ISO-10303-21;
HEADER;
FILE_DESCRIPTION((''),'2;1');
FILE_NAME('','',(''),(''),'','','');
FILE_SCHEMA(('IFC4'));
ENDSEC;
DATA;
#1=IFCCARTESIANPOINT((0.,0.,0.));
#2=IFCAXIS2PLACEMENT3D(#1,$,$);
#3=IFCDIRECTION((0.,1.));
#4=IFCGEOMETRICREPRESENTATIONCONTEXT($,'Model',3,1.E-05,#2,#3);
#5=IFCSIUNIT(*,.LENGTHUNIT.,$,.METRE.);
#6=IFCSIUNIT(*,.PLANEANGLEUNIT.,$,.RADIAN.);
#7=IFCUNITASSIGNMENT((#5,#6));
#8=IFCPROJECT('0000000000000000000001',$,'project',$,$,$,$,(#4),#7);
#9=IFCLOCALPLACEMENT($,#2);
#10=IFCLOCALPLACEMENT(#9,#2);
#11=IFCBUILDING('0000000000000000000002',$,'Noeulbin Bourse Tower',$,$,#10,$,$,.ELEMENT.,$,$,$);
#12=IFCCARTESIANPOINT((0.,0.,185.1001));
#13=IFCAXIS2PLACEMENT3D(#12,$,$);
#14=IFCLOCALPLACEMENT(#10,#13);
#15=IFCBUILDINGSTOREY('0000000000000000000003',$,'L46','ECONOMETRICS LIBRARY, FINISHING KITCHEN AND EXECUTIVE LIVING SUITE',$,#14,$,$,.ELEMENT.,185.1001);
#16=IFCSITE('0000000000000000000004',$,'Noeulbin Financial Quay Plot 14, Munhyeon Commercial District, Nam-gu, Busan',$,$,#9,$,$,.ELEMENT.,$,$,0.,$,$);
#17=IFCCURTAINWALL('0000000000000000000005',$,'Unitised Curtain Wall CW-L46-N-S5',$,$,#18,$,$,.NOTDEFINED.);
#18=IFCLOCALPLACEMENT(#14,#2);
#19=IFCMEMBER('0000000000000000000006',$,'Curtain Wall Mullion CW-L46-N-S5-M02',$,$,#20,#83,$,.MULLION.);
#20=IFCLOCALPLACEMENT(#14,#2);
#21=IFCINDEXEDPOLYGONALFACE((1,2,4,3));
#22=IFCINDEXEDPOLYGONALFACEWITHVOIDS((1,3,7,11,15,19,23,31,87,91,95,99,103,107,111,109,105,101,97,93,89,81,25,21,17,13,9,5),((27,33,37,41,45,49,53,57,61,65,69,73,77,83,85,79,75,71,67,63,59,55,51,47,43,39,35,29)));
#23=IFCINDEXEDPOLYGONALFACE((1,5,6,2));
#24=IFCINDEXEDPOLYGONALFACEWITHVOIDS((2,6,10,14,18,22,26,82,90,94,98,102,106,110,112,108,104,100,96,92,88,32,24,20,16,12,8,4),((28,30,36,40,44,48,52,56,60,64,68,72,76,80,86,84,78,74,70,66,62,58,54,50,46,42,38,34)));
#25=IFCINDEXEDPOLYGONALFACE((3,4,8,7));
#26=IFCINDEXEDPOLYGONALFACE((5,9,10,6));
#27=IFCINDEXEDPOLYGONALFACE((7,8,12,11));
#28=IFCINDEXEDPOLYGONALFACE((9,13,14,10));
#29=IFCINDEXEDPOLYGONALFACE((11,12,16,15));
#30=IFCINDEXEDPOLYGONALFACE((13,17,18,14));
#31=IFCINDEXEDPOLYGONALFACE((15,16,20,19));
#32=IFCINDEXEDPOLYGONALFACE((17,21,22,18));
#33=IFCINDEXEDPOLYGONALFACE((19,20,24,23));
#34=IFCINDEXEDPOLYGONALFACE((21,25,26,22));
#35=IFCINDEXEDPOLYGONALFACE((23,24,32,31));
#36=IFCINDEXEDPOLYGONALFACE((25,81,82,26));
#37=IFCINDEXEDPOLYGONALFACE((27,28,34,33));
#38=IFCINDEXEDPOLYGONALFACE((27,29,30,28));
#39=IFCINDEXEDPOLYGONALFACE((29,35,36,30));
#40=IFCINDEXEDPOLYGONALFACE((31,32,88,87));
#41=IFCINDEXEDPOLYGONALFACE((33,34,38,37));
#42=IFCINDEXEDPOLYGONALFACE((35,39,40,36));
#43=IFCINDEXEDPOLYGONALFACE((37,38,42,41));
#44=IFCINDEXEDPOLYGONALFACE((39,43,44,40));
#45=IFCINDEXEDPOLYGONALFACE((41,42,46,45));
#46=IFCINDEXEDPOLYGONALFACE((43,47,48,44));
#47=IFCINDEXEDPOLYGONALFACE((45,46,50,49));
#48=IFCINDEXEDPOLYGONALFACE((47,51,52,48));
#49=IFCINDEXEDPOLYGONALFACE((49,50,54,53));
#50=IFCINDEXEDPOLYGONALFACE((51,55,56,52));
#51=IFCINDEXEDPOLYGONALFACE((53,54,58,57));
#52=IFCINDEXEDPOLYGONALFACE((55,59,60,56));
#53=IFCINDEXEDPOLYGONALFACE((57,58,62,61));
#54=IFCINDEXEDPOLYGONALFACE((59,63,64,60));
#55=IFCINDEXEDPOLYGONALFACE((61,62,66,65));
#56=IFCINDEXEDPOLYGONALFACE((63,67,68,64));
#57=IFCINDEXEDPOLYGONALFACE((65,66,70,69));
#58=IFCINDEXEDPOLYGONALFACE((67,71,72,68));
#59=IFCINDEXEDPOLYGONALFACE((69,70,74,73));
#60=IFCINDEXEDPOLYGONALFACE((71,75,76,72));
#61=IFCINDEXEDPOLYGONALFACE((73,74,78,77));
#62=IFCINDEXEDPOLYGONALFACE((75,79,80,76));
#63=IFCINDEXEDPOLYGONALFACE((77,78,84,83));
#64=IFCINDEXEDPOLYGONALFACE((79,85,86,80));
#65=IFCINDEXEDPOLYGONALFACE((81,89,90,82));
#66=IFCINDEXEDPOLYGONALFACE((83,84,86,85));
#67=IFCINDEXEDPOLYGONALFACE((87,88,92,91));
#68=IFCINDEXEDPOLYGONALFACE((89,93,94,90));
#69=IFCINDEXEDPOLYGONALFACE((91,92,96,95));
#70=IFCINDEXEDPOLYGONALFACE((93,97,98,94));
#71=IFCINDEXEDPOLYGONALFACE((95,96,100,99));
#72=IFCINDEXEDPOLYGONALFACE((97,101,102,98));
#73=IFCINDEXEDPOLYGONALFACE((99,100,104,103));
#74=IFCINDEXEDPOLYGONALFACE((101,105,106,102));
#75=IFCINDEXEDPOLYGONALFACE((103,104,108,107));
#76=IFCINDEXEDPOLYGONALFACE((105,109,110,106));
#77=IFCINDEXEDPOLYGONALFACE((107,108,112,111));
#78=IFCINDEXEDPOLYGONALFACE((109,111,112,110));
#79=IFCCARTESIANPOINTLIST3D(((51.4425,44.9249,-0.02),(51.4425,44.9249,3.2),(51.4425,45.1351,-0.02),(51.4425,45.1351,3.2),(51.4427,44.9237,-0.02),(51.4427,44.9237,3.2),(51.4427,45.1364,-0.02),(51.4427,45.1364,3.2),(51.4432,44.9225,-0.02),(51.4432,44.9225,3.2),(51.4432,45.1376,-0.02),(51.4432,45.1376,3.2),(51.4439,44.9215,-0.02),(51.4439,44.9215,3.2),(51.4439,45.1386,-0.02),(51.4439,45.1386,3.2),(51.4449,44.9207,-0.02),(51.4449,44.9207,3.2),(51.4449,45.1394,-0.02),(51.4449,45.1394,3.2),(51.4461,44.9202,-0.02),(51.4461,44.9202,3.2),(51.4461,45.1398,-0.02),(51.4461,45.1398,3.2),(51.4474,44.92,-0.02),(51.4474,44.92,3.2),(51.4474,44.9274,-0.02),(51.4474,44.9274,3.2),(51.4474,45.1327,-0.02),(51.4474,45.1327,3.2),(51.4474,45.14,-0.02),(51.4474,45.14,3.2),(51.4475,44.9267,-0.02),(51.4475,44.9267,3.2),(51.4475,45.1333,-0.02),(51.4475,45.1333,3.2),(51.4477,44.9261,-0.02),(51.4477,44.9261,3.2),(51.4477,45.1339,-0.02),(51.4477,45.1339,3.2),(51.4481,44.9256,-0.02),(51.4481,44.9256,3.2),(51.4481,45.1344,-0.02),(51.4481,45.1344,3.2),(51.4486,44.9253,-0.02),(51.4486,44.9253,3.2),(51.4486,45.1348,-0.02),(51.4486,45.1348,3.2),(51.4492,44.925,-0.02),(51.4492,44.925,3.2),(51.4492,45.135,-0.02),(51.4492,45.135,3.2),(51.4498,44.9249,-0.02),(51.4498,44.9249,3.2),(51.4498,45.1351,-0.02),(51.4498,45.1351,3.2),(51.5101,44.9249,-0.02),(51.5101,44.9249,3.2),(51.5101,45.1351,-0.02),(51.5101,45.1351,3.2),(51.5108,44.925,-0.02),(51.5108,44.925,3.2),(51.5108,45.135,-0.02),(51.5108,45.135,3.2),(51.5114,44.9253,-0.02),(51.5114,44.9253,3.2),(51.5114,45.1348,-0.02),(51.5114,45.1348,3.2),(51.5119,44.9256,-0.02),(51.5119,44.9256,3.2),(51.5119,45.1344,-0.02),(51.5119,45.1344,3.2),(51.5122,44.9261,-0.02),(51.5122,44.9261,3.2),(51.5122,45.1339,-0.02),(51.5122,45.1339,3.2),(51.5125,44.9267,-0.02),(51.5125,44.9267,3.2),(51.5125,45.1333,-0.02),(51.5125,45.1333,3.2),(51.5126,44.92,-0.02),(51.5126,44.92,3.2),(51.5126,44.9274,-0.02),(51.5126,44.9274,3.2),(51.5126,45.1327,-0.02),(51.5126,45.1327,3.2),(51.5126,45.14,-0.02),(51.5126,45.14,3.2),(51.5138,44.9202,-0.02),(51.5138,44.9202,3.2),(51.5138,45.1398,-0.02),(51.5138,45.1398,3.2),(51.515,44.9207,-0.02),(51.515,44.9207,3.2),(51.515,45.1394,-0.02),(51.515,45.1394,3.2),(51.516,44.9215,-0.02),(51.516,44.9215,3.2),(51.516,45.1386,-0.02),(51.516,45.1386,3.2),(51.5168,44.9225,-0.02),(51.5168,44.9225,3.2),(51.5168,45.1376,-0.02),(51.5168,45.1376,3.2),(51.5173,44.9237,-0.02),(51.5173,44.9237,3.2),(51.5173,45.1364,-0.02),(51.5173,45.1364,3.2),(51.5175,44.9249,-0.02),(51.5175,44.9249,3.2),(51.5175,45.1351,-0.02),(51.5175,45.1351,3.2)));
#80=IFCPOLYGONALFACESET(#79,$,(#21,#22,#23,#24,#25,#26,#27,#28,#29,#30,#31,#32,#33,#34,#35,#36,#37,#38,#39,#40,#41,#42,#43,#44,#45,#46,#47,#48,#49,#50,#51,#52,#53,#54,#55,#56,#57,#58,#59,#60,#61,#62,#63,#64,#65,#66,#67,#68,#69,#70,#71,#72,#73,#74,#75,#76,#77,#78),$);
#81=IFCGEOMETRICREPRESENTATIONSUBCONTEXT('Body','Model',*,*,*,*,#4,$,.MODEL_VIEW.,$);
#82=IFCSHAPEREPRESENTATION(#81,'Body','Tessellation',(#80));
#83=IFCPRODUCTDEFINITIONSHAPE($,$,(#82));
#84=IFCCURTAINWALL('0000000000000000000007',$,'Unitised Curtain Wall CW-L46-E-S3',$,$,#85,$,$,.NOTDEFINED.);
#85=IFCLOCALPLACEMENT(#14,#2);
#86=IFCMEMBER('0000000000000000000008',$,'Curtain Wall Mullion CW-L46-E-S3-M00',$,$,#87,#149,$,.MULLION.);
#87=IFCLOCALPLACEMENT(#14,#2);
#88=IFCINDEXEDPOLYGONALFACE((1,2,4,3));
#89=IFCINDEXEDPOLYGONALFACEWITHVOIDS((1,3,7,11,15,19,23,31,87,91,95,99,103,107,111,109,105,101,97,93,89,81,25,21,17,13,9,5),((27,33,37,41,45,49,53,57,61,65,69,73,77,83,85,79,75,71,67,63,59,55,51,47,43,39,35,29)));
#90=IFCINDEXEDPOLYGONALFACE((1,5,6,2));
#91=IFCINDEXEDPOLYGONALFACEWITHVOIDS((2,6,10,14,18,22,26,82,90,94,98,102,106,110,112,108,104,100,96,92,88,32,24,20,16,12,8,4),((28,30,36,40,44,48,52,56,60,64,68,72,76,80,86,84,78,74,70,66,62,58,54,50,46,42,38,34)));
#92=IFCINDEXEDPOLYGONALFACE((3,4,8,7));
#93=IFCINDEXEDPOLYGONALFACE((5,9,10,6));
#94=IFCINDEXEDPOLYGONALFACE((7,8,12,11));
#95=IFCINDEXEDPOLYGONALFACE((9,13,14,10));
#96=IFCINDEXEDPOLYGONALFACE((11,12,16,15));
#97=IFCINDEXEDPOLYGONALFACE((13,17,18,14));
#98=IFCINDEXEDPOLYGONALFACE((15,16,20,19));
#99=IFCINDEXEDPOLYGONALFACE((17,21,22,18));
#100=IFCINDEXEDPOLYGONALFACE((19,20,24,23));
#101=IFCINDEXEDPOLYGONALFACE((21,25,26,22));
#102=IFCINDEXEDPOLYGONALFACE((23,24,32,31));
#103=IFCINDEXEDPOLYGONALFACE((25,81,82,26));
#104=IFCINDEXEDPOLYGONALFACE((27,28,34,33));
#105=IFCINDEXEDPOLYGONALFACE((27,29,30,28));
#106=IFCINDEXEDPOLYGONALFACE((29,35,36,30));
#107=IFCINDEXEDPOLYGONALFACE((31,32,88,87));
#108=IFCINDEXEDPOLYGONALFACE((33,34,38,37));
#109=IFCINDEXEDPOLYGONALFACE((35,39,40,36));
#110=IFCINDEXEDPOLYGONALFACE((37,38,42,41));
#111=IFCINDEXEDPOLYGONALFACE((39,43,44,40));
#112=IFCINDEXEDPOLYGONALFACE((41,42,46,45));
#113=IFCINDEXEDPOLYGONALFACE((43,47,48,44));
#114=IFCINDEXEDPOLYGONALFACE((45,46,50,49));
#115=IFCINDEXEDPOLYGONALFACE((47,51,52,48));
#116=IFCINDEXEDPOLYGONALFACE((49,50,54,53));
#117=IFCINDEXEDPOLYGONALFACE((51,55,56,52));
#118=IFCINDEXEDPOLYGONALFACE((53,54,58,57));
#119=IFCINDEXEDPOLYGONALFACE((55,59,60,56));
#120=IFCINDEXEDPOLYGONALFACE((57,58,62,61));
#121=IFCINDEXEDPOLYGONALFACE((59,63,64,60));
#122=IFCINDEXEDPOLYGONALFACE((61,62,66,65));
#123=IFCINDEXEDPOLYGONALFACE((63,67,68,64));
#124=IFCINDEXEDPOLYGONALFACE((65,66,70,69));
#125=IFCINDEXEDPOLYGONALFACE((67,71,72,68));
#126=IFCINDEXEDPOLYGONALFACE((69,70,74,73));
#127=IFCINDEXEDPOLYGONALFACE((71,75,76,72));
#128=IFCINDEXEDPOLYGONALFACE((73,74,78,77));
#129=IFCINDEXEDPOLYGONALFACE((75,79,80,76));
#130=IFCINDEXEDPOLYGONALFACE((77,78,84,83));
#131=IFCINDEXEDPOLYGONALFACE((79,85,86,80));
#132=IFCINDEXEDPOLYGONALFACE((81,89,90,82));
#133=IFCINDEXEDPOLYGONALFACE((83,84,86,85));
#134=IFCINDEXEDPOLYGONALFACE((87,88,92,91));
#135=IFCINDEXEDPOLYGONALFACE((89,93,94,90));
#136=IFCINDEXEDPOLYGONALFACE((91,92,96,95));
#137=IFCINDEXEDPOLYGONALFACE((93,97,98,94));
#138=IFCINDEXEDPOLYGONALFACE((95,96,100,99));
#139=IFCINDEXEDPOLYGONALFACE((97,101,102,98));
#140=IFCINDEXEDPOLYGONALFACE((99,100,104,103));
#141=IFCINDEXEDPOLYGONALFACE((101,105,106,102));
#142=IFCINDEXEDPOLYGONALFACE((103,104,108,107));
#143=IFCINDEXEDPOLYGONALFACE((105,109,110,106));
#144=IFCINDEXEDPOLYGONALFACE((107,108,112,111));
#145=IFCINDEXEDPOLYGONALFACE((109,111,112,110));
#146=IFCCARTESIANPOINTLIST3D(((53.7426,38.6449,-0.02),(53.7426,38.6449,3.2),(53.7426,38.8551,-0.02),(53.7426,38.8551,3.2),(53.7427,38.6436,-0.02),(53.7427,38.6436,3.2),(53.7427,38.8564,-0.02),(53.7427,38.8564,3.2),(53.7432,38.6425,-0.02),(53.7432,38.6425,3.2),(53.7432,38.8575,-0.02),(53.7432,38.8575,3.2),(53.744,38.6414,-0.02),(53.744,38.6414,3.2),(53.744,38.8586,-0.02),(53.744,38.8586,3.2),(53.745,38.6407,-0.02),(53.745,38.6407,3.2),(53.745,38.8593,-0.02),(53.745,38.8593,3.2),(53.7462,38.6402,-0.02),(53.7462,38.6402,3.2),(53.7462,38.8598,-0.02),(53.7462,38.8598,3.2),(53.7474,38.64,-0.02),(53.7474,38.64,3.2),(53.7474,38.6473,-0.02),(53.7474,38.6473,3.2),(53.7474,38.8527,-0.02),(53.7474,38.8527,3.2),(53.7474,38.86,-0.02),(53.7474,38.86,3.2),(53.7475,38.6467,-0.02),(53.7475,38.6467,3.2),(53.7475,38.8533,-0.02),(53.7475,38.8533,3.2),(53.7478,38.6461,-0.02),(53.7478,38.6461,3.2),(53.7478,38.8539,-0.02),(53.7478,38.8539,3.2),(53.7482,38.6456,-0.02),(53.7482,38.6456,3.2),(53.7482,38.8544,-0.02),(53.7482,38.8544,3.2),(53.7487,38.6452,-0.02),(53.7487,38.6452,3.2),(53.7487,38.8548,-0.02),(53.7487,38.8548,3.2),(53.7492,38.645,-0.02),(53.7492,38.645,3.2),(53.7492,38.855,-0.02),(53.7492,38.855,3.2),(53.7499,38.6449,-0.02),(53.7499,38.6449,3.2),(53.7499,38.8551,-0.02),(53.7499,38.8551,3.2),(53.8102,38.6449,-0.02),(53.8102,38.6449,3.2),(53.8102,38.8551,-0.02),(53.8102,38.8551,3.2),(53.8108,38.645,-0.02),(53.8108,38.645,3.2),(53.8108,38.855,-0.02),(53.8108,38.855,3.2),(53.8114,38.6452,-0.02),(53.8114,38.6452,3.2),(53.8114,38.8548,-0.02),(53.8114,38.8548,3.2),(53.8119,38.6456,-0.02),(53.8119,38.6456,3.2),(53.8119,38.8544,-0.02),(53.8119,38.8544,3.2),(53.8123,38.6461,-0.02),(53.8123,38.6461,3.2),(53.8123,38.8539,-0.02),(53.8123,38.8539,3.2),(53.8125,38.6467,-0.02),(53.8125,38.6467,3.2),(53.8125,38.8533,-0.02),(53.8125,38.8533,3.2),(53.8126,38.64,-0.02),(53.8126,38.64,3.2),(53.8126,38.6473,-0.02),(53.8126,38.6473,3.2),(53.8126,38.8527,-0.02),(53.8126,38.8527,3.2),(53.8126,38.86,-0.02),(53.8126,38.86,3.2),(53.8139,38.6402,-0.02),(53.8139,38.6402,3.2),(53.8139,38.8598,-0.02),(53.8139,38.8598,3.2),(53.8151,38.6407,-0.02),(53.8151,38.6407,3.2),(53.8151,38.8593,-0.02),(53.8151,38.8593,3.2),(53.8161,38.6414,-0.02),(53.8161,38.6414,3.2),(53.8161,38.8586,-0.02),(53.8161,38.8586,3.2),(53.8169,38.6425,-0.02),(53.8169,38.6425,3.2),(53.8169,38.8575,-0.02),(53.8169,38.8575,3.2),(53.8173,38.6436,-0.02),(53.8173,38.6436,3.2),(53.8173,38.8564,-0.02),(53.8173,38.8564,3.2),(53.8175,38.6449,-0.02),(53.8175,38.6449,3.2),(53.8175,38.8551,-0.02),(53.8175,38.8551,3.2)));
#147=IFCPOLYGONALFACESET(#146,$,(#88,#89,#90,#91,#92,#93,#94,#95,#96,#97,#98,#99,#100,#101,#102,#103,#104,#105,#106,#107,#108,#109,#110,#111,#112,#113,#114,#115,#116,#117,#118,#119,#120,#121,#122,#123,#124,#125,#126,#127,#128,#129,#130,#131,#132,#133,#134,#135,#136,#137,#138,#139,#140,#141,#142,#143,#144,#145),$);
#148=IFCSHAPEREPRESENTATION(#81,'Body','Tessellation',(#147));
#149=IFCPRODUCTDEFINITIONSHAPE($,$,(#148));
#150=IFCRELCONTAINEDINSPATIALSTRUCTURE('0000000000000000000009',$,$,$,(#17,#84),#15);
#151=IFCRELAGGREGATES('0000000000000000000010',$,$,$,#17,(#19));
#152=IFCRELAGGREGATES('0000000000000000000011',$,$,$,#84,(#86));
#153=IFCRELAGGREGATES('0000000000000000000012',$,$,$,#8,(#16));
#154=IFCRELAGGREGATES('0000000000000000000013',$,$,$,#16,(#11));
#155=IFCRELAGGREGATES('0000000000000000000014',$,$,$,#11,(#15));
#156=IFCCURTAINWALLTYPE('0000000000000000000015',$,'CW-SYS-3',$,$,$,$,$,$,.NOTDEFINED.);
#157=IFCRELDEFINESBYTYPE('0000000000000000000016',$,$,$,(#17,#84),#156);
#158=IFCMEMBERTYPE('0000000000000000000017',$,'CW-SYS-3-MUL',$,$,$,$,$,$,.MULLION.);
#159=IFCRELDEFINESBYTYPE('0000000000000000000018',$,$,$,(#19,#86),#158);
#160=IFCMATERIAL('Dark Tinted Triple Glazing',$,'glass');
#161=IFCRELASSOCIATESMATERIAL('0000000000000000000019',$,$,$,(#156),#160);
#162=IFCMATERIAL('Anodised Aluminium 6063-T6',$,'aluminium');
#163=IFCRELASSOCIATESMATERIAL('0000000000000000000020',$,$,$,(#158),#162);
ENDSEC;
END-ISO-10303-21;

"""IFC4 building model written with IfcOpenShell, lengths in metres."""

from ifc_helpers import new_model, si_unit, direction, frame, origin, origin_2d, place, context, subcontext, project, spatial, hollow_rectangle, extrude, material, material_profile, profile_set, type_object, element, aggregate, save


model = new_model("IFC4")

# Units and contexts
model_context = context("Model", 3, precision=1e-05, world=origin(), true_north=direction((0.0, 1.0)))
body_context = subcontext(model_context, "Body", "Model", "MODEL_VIEW")
ifc_project = project(units=[si_unit("LENGTHUNIT", "METRE"), si_unit("PLANEANGLEUNIT", "RADIAN")], contexts=[model_context])

# Site, building, storey
site_placement = place(None, origin())
site = spatial("IfcSite", under=ifc_project, at=site_placement, Name="Noeulbin Financial Quay Plot 14, Munhyeon Commercial District, Nam-gu, Busan", CompositionType="ELEMENT", RefElevation=0.0)
building_placement = place(site_placement, origin())
building = spatial("IfcBuilding", under=site, at=building_placement, Name="Noeulbin Bourse Tower", CompositionType="ELEMENT")
storey_placement = place(building_placement, frame((0.0, 0.0, 185.1001)))
storey = spatial("IfcBuildingStorey", under=building, at=storey_placement, Name="L46", Description="ECONOMETRICS LIBRARY, FINISHING KITCHEN AND EXECUTIVE LIVING SUITE", CompositionType="ELEMENT", Elevation=185.1001)

# Shared definitions
ifc_material_1 = material(Name="Dark Tinted Triple Glazing", Category="glass")
curtain_wall_type = type_object("IfcCurtainWallType", Name="CW-SYS-3", PredefinedType="NOTDEFINED", material=ifc_material_1)
ifc_material_2 = material(Name="Anodised Aluminium 6063-T6", Category="aluminium")
ifc_material_profile_1 = material_profile(ifc_material_2, hollow_rectangle(XDim=0.075, YDim=0.22, WallThickness=0.0049, InnerFilletRadius=0.0024, OuterFilletRadius=0.0049, at=origin_2d()), Name="ALU-MULL-75x220x5", Category="LoadBearing")
ifc_profile_set_1 = profile_set([ifc_material_profile_1], Name="Anodised Aluminium 6063-T6")
member_type_1 = type_object("IfcMemberType", Name="CW-SYS-3-MUL", PredefinedType="MULLION", material=ifc_profile_set_1)

# Curtain walls, members
curtain_wall_1_placement = place(storey_placement, origin())
curtain_wall_1 = element("IfcCurtainWall", 1, at=curtain_wall_1_placement, inside=storey, type_object=curtain_wall_type, Name="Unitised Curtain Wall CW-L46-N-S5", PredefinedType="NOTDEFINED")
member_1_placement = place(storey_placement, frame((51.48, 45.03, -0.02), z_axis=(0.0, 0.0, 1.0), x_axis=(1.0, 0.0, 0.0)))
member_1 = element("IfcMember", 2, at=member_1_placement, type_object=member_type_1, Name="Curtain Wall Mullion CW-L46-N-S5-M02", PredefinedType="MULLION", context=body_context, shape_type="SweptSolid", body=[
    extrude(hollow_rectangle(XDim=0.075, YDim=0.22, WallThickness=0.0049, InnerFilletRadius=0.0024, OuterFilletRadius=0.0049, at=origin_2d()), origin(), (0.0, 0.0, 1.0), 3.22),
])
curtain_wall_2_placement = place(storey_placement, origin())
curtain_wall_2 = element("IfcCurtainWall", 3, at=curtain_wall_2_placement, inside=storey, type_object=curtain_wall_type, Name="Unitised Curtain Wall CW-L46-E-S3", PredefinedType="NOTDEFINED")
member_2_placement = place(storey_placement, frame((53.78, 38.75, -0.02), z_axis=(0.0, 0.0, 1.0), x_axis=(1.0, 0.0, 0.0)))
member_2 = element("IfcMember", 4, at=member_2_placement, type_object=member_type_1, Name="Curtain Wall Mullion CW-L46-E-S3-M00", PredefinedType="MULLION", context=body_context, shape_type="SweptSolid", body=[
    extrude(hollow_rectangle(XDim=0.075, YDim=0.22, WallThickness=0.0049, InnerFilletRadius=0.0024, OuterFilletRadius=0.0049, at=origin_2d()), origin(), (0.0, 0.0, 1.0), 3.22),
])

aggregate(curtain_wall_1, [member_1])
aggregate(curtain_wall_2, [member_2])

save(model, "model.ifc")
